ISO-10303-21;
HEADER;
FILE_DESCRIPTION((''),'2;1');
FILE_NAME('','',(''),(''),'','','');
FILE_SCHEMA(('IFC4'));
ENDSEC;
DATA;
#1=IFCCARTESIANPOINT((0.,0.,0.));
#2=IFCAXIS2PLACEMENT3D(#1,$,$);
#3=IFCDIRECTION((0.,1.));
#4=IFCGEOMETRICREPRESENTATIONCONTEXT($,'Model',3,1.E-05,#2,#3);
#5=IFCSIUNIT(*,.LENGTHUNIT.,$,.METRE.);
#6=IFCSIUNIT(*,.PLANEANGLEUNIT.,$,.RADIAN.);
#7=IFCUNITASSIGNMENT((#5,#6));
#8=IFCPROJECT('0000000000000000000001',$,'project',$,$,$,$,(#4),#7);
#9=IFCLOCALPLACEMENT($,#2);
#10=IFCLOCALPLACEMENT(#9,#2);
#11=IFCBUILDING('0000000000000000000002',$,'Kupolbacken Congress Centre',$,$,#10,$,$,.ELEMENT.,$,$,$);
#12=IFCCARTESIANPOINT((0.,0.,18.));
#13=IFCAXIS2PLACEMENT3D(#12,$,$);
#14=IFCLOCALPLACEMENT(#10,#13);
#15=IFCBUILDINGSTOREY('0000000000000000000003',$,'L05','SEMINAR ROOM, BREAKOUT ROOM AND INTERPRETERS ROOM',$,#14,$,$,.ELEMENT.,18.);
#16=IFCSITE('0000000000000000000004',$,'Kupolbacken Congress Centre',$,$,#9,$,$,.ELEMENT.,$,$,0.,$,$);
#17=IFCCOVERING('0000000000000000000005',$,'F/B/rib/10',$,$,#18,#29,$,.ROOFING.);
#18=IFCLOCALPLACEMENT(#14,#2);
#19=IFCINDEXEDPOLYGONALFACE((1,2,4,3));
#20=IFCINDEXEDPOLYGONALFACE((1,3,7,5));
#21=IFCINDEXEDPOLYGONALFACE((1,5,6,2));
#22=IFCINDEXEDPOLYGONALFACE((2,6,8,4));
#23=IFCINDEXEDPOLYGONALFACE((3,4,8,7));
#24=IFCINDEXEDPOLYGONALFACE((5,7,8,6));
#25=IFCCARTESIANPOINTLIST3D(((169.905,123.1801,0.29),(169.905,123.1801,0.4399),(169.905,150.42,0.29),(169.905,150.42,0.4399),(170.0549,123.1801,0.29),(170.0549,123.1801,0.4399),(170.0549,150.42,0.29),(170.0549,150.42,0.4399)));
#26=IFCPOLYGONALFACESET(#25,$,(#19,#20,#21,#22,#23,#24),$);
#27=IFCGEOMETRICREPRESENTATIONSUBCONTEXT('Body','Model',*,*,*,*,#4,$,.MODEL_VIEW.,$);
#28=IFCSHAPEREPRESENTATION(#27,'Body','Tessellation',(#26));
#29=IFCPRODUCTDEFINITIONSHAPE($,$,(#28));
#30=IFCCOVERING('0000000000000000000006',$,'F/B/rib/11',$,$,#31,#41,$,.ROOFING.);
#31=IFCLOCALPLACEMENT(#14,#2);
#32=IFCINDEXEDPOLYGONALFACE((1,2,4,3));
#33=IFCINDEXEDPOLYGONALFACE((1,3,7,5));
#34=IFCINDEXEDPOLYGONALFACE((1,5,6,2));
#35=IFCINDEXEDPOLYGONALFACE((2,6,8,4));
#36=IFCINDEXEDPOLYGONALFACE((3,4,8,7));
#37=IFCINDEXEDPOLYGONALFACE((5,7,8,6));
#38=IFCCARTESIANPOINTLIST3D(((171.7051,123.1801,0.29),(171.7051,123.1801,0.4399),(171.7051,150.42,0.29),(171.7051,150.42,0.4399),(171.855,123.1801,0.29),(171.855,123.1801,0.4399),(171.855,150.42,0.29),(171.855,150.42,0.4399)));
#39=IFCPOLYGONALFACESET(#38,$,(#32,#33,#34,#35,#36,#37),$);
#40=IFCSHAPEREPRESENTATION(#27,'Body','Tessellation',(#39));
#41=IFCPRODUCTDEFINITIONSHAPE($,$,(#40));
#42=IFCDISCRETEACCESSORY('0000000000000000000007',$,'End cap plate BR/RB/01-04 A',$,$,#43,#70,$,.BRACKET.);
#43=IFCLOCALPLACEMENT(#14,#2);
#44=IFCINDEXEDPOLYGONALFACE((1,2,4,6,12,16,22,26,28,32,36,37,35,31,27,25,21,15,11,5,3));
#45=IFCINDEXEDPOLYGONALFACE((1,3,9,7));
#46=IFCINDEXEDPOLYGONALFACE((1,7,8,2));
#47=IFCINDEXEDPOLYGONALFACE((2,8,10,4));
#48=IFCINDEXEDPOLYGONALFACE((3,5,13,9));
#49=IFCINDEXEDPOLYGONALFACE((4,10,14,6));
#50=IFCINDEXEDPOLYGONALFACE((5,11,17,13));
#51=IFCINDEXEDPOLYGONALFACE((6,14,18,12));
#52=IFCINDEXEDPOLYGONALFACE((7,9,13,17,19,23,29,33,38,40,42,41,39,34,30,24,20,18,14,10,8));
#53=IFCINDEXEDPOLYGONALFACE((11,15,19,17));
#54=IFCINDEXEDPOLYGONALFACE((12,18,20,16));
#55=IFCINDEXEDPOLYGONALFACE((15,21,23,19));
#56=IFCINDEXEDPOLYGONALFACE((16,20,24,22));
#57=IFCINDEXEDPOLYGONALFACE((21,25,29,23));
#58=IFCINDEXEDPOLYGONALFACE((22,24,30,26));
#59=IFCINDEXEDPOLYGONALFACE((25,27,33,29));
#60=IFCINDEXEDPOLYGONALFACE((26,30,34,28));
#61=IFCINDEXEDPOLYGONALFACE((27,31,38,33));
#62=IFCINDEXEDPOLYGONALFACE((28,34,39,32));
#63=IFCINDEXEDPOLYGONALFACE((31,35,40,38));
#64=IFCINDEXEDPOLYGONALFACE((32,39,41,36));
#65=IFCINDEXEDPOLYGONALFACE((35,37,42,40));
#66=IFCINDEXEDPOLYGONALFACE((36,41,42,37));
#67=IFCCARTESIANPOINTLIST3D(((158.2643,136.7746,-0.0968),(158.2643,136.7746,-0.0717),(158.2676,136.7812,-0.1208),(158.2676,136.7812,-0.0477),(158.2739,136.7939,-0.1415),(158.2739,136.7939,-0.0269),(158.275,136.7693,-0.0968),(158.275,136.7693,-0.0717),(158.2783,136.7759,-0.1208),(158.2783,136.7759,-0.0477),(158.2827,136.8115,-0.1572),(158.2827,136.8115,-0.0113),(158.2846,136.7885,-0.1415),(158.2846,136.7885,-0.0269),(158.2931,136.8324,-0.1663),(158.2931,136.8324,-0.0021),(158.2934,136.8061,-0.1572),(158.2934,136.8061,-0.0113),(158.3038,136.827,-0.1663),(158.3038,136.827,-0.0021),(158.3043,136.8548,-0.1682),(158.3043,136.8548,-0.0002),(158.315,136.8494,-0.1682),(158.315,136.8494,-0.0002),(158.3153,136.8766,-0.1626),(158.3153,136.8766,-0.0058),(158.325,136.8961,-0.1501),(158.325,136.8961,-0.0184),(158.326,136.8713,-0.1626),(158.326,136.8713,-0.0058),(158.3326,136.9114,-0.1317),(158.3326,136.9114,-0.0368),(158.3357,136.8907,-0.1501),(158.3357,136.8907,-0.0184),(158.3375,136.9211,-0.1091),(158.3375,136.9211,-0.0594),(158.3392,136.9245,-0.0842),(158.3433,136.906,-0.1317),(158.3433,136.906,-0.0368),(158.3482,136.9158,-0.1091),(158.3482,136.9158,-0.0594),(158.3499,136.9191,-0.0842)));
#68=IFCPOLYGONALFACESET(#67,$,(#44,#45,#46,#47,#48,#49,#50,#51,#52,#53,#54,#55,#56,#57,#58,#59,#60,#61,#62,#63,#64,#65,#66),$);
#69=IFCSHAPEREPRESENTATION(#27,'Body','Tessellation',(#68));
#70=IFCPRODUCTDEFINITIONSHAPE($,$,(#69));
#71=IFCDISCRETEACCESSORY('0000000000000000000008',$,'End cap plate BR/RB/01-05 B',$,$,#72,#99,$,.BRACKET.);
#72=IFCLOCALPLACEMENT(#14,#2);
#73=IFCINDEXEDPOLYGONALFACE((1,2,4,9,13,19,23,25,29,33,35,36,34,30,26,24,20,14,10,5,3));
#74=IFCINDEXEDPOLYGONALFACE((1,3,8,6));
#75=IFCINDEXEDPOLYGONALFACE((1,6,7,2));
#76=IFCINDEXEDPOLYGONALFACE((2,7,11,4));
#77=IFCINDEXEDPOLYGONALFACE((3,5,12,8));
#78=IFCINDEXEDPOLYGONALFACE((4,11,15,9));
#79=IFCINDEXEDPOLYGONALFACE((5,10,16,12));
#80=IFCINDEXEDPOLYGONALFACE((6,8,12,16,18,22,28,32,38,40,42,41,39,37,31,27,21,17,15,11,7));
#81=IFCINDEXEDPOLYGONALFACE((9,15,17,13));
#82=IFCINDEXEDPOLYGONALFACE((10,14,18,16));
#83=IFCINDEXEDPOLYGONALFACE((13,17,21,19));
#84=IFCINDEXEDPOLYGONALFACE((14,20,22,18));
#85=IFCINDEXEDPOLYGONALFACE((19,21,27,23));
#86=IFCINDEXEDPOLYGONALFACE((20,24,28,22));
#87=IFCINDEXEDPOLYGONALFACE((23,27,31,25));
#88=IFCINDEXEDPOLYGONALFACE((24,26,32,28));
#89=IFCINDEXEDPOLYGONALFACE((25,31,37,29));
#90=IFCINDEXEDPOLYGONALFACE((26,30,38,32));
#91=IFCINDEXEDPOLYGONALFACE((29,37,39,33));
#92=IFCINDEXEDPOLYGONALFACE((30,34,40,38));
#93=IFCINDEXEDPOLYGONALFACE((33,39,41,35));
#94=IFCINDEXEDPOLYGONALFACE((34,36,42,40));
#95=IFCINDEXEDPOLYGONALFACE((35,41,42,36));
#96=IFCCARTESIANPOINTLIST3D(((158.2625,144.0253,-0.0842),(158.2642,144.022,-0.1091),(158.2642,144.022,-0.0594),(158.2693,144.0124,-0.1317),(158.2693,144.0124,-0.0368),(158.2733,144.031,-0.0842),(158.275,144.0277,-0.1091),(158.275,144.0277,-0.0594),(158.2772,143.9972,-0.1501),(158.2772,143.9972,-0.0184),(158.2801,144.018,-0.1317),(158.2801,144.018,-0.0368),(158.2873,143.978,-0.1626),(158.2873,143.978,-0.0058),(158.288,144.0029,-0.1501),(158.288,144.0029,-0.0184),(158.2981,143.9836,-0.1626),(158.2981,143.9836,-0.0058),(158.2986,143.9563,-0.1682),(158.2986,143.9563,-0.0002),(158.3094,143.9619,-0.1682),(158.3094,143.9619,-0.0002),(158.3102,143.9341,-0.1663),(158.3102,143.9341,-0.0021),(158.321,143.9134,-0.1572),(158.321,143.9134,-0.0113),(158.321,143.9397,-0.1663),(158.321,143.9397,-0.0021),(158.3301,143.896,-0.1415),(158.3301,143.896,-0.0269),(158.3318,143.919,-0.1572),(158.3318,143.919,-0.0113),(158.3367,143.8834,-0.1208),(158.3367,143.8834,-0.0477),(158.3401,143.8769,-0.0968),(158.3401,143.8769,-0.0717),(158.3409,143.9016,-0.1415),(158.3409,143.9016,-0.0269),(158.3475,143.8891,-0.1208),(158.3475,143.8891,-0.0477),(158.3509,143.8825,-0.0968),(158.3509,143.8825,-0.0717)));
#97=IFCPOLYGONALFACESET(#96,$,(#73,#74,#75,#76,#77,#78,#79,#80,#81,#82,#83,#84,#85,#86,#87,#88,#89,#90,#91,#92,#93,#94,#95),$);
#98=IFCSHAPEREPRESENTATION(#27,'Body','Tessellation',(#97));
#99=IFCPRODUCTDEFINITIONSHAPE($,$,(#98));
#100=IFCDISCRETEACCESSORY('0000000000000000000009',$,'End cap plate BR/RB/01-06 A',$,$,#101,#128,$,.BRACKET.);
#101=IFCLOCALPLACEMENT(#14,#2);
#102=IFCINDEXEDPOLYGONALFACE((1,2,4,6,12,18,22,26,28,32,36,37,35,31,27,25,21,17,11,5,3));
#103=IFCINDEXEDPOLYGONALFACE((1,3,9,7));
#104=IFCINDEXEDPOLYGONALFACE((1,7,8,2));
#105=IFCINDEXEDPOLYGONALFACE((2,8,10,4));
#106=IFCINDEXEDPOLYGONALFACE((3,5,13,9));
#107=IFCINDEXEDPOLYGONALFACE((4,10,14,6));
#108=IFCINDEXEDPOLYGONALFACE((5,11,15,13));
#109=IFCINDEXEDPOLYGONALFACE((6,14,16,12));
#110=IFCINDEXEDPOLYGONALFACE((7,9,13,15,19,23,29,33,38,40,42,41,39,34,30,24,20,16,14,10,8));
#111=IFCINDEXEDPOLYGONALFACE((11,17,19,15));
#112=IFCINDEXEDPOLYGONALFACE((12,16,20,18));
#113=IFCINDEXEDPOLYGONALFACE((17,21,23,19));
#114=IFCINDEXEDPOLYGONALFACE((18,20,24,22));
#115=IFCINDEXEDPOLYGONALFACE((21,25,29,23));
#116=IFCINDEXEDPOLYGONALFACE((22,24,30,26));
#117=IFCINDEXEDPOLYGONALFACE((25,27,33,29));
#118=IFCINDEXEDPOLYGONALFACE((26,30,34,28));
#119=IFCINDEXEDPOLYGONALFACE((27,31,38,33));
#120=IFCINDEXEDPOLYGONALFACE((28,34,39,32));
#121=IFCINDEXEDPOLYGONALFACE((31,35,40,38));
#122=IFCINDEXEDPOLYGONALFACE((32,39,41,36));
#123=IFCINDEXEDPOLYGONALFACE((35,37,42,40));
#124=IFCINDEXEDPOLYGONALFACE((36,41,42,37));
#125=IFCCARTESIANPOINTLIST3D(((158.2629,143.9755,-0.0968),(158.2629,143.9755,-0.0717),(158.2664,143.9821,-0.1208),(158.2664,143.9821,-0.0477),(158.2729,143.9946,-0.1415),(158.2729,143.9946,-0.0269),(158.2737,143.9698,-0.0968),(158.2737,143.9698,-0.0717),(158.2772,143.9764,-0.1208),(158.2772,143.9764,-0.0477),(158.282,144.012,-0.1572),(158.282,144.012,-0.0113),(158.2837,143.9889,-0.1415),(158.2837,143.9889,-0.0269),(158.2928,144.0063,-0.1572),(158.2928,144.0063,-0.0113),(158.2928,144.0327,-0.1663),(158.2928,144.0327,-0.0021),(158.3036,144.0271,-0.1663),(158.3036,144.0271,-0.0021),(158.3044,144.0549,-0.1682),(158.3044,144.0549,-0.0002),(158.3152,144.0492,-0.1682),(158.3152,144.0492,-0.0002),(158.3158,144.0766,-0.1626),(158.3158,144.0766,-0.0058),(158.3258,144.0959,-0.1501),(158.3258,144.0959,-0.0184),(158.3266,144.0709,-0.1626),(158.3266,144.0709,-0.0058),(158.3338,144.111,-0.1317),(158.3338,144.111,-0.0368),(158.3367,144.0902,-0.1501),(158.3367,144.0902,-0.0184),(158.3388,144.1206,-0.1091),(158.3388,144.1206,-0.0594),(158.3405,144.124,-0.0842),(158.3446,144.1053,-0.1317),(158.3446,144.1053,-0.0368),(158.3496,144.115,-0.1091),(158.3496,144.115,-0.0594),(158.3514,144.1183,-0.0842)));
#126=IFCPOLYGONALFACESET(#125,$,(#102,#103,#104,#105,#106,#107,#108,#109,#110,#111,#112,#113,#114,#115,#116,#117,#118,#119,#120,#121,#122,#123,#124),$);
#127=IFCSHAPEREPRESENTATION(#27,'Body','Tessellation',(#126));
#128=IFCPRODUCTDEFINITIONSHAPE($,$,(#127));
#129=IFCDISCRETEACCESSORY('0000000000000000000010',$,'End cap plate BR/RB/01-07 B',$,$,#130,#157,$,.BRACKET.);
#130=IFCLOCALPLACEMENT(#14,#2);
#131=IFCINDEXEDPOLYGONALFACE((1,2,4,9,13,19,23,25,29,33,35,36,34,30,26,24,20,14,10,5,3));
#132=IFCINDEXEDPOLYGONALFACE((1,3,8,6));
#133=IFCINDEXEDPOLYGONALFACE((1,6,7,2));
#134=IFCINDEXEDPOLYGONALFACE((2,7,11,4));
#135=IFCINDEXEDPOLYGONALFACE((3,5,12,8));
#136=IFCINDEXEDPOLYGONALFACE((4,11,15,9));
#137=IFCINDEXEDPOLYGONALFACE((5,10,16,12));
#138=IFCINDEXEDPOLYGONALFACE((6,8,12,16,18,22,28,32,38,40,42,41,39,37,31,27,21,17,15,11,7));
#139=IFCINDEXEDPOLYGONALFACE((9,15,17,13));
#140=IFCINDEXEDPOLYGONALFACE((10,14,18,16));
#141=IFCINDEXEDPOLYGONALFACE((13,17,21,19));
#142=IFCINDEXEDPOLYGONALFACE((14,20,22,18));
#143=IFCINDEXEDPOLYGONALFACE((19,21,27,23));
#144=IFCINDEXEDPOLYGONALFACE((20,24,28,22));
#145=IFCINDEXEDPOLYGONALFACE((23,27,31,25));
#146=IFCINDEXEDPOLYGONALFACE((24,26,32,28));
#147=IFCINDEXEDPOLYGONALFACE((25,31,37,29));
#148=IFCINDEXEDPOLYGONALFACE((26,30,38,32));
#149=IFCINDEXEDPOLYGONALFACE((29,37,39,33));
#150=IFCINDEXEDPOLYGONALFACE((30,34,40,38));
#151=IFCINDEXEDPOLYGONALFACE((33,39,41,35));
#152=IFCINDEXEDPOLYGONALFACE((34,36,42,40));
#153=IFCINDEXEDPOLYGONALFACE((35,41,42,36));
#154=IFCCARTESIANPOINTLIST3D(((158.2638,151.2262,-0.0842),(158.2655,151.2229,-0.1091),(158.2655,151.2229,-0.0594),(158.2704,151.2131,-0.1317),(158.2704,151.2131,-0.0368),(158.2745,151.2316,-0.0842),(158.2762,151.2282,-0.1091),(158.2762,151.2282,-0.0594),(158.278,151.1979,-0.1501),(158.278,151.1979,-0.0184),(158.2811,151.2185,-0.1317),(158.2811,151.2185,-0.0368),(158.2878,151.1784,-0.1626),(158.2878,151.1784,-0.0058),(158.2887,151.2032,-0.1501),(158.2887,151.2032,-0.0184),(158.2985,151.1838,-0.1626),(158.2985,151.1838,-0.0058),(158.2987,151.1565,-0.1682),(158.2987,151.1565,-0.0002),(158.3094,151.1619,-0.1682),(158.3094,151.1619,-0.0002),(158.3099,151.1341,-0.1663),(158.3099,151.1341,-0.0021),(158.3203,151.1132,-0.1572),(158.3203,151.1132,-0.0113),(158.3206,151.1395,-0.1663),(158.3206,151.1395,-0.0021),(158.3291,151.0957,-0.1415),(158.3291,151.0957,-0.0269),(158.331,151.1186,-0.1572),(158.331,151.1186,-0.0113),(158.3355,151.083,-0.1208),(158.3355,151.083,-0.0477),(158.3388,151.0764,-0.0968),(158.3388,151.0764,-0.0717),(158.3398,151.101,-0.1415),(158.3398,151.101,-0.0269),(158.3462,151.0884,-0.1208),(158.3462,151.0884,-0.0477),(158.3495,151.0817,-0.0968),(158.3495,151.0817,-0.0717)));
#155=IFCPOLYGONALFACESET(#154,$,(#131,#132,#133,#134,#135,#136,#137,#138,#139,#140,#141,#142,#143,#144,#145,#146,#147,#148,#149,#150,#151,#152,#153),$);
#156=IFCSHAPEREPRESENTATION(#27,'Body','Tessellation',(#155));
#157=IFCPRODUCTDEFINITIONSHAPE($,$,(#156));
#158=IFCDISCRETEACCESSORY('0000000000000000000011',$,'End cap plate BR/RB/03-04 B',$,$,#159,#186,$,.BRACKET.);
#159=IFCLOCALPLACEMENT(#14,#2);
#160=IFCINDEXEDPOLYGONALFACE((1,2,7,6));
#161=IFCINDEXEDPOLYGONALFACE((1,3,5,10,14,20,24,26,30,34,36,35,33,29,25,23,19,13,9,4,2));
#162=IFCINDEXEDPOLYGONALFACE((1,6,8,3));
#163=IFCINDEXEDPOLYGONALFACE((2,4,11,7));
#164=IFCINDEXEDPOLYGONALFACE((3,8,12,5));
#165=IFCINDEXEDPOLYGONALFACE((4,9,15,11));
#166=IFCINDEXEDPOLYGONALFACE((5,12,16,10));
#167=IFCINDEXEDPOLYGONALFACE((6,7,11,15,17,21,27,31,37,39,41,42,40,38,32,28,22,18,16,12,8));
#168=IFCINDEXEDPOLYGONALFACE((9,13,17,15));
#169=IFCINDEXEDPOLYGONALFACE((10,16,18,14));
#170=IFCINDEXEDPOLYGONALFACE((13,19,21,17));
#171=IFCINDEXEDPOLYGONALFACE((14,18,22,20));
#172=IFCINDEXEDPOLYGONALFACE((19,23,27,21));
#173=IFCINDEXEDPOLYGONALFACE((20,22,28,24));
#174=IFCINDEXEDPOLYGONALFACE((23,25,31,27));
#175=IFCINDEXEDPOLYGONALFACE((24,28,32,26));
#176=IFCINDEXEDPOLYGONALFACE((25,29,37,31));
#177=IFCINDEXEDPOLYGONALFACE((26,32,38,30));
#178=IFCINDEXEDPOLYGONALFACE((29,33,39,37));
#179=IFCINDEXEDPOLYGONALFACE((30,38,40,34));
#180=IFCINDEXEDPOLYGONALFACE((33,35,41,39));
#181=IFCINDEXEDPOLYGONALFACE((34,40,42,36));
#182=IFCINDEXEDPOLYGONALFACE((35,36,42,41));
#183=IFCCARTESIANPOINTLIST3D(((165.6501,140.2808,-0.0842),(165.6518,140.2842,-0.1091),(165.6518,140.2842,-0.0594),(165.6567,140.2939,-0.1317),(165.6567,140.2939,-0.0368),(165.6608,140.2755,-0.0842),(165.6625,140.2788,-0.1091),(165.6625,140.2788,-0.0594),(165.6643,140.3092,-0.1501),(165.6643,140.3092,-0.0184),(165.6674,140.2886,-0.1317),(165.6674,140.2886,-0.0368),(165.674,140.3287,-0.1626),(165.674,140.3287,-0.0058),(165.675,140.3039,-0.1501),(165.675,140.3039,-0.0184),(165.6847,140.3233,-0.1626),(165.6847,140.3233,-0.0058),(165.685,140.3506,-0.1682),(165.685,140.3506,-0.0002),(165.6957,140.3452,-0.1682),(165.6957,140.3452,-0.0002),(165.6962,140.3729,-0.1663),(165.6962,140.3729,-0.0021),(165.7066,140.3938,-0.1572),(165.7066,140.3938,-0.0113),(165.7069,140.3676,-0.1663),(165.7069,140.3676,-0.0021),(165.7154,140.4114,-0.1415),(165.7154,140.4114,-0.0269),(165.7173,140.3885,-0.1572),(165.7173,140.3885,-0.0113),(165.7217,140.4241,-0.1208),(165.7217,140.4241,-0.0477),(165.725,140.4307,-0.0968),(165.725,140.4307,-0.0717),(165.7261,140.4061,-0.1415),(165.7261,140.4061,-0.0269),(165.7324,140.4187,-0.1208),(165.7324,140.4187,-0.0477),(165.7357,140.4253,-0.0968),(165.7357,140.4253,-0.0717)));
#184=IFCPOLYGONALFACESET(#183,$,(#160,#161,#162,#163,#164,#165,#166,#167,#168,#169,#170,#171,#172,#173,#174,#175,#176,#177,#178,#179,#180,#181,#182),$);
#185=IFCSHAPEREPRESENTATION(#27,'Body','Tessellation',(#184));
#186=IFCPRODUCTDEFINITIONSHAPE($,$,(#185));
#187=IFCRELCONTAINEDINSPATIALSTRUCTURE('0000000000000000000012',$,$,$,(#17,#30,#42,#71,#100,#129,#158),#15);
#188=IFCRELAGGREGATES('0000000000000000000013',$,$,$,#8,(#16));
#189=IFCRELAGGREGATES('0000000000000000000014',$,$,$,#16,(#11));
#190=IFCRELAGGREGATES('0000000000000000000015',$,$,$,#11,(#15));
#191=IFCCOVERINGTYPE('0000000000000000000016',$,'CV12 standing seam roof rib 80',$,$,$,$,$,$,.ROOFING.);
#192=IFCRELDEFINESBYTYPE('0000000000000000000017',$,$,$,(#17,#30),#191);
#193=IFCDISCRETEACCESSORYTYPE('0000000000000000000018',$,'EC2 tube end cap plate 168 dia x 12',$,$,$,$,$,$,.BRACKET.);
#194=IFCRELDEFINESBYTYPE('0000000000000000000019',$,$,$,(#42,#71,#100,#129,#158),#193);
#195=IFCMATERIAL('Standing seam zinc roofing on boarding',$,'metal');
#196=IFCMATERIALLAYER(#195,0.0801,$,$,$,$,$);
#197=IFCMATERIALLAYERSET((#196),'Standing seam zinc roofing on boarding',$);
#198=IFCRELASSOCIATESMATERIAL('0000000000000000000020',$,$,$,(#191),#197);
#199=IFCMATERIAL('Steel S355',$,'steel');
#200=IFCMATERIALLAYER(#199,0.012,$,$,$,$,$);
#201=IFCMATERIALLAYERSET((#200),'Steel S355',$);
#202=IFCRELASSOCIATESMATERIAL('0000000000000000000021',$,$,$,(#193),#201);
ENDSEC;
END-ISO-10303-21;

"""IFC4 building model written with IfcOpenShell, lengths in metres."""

from ifc_helpers import new_model, si_unit, direction, frame, origin, origin_2d, place, context, subcontext, project, spatial, rectangle, circle, extrude, material, layer, layer_set, type_object, element, save


model = new_model("IFC4")

# Units and contexts
model_context = context("Model", 3, precision=1e-05, world=origin(), true_north=direction((0.0, 1.0)))
body_context = subcontext(model_context, "Body", "Model", "MODEL_VIEW")
ifc_project = project(units=[si_unit("LENGTHUNIT", "METRE"), si_unit("PLANEANGLEUNIT", "RADIAN")], contexts=[model_context])

# Site, building, storey
site_placement = place(None, origin())
site = spatial("IfcSite", under=ifc_project, at=site_placement, Name="Kupolbacken Congress Centre", CompositionType="ELEMENT", RefElevation=0.0)
building_placement = place(site_placement, origin())
building = spatial("IfcBuilding", under=site, at=building_placement, Name="Kupolbacken Congress Centre", CompositionType="ELEMENT")
storey_placement = place(building_placement, frame((0.0, 0.0, 18.0)))
storey = spatial("IfcBuildingStorey", under=building, at=storey_placement, Name="L05", Description="SEMINAR ROOM, BREAKOUT ROOM AND INTERPRETERS ROOM", CompositionType="ELEMENT", Elevation=18.0)

# Coverings
ifc_material_1 = material(Name="Standing seam zinc roofing on boarding", Category="metal")
ifc_layer_1 = layer(ifc_material_1, 0.0801)
ifc_layer_set_1 = layer_set([ifc_layer_1], Name="Standing seam zinc roofing on boarding")
covering_type = type_object("IfcCoveringType", Name="CV12 standing seam roof rib 80", PredefinedType="ROOFING", material=ifc_layer_set_1)
for number, where, z_axis, x_axis, name in (
    (1, (169.98, 136.8, 0.29), (0.0, 0.0, 1.0), (0.0, 1.0, 0.0), "F/B/rib/10"),
    (2, (171.78, 136.8, 0.29), (0.0, 0.0, 1.0), (0.0, 1.0, 0.0), "F/B/rib/11"),
):
    element("IfcCovering", number, at=place(storey_placement, frame(where, z_axis=z_axis, x_axis=x_axis)), inside=storey, type_object=covering_type, Name=name, PredefinedType="ROOFING", context=body_context, shape_type="SweptSolid", body=[
        extrude(rectangle(XDim=27.24, YDim=0.1499, at=origin_2d()), origin(), (0.0, 0.0, 1.0), 0.1499),
    ])

# Discrete accessories
ifc_material_2 = material(Name="Steel S355", Category="steel")
ifc_layer_2 = layer(ifc_material_2, 0.012)
ifc_layer_set_2 = layer_set([ifc_layer_2], Name="Steel S355")
discrete_accessory_type = type_object("IfcDiscreteAccessoryType", Name="EC2 tube end cap plate 168 dia x 12", PredefinedType="BRACKET", material=ifc_layer_set_2)
discrete_accessory_placement = place(storey_placement, frame((158.3015, 136.8491, -0.0842), z_axis=(0.894427, -0.447214, 0.0), x_axis=(0.447214, 0.894427, 0.0)))
element("IfcDiscreteAccessory", 3, at=discrete_accessory_placement, inside=storey, type_object=discrete_accessory_type, Name="End cap plate BR/RB/01-04 A", PredefinedType="BRACKET", context=body_context, shape_type="SweptSolid", body=[
    extrude(circle(Radius=0.0842, at=origin_2d()), origin(), (0.0, 0.0, 1.0), 0.012),
])
for number, where, z_axis, x_axis, name in (
    (4, (158.3015, 143.9507, -0.0842), (0.886225, 0.463254, 0.0), (-0.463254, 0.886225, 0.0), "End cap plate BR/RB/01-05 B"),
    (5, (158.3015, 144.0493, -0.0842), (0.886225, -0.463254, 0.0), (0.463254, 0.886225, 0.0), "End cap plate BR/RB/01-06 A"),
):
    element("IfcDiscreteAccessory", number, at=place(storey_placement, frame(where, z_axis=z_axis, x_axis=x_axis)), inside=storey, type_object=discrete_accessory_type, Name=name, PredefinedType="BRACKET", context=body_context, shape_type="SweptSolid", body=[
        extrude(circle(Radius=0.0842, at=origin_2d()), origin(), (0.0, 0.0, 1.0), 0.0122),
    ])
for number, where, z_axis, x_axis, name in (
    (6, (158.3015, 151.1509, -0.0842), (0.894427, 0.447214, 0.0), (-0.447214, 0.894427, 0.0), "End cap plate BR/RB/01-07 B"),
    (7, (165.6985, 140.3508, -0.0842), (-0.894427, 0.447214, 0.0), (-0.447214, -0.894427, 0.0), "End cap plate BR/RB/03-04 B"),
):
    element("IfcDiscreteAccessory", number, at=place(storey_placement, frame(where, z_axis=z_axis, x_axis=x_axis)), inside=storey, type_object=discrete_accessory_type, Name=name, PredefinedType="BRACKET", context=body_context, shape_type="SweptSolid", body=[
        extrude(circle(Radius=0.0842, at=origin_2d()), origin(), (0.0, 0.0, 1.0), 0.012),
    ])

save(model, "model.ifc")
